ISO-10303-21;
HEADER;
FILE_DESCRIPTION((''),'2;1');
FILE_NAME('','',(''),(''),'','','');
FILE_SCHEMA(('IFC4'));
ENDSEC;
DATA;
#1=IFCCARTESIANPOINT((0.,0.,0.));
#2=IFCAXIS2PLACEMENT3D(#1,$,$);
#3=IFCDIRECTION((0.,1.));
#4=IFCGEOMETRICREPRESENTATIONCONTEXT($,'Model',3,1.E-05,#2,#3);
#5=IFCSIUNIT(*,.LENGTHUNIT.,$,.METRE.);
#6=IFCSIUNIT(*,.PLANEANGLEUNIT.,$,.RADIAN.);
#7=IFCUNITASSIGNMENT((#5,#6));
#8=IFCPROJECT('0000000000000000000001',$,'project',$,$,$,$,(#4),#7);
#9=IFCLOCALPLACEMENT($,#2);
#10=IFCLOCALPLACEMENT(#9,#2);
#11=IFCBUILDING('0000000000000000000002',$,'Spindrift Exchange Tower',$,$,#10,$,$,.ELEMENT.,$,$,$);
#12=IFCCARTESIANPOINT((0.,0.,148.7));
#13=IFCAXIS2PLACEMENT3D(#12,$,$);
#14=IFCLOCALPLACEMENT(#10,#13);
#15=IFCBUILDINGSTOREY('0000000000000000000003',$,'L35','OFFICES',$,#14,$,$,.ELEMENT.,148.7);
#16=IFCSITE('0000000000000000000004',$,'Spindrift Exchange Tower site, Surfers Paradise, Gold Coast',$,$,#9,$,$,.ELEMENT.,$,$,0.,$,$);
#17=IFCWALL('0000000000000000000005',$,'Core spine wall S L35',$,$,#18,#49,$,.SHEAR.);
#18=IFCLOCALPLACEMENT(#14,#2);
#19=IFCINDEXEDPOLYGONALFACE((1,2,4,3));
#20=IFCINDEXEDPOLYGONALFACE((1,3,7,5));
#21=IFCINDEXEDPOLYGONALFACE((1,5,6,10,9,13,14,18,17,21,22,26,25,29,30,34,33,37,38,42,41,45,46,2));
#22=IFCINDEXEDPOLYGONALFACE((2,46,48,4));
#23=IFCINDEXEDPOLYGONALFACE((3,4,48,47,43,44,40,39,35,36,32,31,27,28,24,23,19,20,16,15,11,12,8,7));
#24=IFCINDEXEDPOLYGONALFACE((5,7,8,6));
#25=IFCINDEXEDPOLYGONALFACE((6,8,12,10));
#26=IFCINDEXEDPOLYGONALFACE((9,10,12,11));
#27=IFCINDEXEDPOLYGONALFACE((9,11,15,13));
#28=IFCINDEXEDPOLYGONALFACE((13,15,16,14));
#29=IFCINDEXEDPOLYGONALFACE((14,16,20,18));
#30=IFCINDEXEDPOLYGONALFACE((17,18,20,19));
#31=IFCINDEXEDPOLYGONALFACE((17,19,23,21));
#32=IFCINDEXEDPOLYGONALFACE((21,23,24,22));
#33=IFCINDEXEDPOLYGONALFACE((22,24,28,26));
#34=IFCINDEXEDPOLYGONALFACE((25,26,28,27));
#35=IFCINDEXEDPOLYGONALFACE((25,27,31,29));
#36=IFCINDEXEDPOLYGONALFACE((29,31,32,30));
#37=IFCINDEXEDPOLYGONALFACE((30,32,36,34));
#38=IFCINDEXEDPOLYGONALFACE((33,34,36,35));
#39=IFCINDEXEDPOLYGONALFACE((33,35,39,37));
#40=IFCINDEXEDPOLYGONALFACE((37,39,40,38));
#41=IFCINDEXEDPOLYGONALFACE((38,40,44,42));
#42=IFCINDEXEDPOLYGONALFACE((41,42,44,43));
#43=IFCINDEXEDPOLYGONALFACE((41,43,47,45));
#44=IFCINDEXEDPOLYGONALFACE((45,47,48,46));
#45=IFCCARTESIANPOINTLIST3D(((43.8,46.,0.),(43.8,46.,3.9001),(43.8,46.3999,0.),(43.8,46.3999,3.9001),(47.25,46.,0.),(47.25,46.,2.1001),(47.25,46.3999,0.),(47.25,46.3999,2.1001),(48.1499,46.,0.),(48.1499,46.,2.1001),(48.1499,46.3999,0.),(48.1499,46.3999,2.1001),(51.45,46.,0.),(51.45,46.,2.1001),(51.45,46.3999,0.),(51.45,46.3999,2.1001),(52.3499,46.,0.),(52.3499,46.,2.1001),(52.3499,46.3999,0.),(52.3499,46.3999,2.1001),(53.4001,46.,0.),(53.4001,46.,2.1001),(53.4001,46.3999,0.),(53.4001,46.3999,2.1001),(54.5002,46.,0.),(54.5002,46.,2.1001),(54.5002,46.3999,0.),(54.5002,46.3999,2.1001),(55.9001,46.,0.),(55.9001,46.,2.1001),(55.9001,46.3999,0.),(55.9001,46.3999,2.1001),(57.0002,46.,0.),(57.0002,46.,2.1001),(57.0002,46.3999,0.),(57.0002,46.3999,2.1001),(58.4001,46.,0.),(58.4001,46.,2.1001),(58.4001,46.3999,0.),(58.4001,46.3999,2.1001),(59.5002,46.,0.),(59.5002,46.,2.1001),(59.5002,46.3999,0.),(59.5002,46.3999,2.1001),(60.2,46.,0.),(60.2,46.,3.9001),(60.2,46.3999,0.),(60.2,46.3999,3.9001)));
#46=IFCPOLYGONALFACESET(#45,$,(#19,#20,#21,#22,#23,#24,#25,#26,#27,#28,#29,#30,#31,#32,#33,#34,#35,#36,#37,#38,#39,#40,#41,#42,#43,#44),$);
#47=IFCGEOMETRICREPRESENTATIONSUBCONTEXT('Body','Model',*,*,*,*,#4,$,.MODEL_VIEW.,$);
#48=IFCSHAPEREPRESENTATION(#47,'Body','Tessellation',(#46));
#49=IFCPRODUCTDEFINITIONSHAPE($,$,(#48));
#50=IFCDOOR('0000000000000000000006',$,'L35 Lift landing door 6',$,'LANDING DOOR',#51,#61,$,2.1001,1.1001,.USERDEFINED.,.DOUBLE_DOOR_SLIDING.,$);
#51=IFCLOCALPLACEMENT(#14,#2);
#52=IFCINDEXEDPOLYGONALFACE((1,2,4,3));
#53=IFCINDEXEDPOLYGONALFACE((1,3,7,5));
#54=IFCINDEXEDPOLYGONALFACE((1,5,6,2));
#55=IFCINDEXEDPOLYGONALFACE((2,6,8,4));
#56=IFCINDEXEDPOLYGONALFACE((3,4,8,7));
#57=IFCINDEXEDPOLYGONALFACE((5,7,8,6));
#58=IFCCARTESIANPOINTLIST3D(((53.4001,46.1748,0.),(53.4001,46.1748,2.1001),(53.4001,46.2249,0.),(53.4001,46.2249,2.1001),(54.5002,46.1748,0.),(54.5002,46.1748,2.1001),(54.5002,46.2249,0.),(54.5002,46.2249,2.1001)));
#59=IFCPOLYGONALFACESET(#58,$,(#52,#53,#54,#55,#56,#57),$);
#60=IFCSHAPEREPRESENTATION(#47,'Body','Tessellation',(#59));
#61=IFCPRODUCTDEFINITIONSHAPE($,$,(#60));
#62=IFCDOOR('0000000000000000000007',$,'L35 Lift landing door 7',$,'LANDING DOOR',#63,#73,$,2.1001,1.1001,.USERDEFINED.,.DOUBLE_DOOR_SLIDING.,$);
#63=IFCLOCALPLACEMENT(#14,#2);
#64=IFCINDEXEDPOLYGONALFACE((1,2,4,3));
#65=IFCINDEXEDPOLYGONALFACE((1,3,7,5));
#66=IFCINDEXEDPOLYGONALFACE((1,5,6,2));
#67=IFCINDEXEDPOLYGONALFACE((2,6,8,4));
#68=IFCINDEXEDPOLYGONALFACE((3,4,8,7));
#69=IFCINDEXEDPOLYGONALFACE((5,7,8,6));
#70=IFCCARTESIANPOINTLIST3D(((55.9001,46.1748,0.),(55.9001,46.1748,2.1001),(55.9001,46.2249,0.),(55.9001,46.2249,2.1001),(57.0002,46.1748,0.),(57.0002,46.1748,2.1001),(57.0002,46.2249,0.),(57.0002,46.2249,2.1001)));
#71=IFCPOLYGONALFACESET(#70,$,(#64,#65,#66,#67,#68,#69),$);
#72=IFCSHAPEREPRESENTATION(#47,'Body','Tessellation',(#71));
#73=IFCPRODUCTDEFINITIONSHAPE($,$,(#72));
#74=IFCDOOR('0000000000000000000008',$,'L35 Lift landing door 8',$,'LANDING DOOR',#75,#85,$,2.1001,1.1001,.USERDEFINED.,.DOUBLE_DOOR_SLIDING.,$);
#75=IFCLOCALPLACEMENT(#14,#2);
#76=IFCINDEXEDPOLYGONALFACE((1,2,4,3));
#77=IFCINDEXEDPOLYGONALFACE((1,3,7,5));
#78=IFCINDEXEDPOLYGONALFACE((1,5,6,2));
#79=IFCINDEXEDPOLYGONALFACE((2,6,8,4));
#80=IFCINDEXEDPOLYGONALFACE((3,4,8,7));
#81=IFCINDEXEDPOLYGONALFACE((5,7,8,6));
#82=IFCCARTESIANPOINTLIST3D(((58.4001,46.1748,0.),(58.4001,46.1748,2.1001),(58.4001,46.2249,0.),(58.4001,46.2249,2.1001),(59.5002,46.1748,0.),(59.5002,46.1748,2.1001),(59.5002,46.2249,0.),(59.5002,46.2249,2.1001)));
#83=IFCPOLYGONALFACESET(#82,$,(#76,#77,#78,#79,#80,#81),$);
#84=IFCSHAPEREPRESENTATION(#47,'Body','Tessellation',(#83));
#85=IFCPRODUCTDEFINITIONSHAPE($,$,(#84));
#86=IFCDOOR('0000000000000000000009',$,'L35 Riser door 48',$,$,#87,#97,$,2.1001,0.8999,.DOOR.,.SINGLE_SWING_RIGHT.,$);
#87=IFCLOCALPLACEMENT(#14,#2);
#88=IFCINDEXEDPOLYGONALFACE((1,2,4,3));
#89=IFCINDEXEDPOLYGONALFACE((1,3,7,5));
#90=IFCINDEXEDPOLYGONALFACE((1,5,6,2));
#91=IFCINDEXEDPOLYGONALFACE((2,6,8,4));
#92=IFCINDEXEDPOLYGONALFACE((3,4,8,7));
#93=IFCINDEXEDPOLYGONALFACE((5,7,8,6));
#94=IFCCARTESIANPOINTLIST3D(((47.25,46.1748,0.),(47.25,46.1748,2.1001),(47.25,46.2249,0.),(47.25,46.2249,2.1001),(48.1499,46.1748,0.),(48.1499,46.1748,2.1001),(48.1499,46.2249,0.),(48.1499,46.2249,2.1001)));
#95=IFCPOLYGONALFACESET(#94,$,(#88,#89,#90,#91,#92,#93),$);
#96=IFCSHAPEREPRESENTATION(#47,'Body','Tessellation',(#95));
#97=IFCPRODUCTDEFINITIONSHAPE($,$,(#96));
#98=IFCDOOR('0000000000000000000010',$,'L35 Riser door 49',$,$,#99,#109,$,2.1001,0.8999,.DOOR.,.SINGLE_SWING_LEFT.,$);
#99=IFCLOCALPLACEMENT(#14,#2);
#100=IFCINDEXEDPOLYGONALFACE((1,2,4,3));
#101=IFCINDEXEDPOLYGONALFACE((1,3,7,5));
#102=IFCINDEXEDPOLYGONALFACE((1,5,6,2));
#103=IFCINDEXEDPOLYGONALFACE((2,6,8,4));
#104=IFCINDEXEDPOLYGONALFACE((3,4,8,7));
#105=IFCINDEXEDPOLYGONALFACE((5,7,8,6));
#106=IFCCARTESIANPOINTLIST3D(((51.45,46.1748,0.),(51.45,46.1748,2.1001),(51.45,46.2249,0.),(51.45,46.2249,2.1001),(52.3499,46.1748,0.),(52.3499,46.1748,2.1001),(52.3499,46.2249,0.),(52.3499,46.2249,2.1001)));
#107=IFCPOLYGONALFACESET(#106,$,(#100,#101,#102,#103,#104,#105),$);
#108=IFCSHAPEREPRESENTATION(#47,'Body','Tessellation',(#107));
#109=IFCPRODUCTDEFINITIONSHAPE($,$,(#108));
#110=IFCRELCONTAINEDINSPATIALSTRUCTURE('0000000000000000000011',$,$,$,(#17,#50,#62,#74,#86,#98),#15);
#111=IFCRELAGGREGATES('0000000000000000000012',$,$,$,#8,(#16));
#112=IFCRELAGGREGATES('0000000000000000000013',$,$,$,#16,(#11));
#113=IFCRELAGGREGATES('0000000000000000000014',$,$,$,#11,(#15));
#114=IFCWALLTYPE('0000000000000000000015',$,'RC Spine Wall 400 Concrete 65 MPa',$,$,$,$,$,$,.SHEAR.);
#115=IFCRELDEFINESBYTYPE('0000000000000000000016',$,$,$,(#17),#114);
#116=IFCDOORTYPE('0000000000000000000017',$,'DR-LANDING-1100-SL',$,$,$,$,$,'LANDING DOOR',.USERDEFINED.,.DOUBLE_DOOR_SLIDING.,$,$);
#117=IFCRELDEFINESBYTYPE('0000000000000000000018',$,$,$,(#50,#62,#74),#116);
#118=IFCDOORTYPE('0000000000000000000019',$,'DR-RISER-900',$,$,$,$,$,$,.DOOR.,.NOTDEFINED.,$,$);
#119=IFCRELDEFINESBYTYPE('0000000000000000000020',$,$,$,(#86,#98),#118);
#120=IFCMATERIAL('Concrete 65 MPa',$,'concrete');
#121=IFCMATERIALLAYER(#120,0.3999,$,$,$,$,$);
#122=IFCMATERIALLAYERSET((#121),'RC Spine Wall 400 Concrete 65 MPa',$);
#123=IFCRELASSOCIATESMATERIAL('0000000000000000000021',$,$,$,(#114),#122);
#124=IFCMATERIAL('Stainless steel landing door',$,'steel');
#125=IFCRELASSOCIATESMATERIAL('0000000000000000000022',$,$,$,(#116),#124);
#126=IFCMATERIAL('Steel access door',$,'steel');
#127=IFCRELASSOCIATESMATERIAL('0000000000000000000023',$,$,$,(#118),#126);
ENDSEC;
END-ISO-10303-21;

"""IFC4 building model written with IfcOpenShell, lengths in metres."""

from ifc_helpers import new_model, si_unit, direction, frame, frame_2d, origin, place, context, subcontext, project, spatial, rectangle, extrude, source, transform, mapped, material, layer, layer_set, type_object, element, fill, save


model = new_model("IFC4")

# Units and contexts
model_context = context("Model", 3, precision=1e-05, world=origin(), true_north=direction((0.0, 1.0)))
body_context = subcontext(model_context, "Body", "Model", "MODEL_VIEW")
ifc_project = project(units=[si_unit("LENGTHUNIT", "METRE"), si_unit("PLANEANGLEUNIT", "RADIAN")], contexts=[model_context])

# Site, building, storey
site_placement = place(None, origin())
site = spatial("IfcSite", under=ifc_project, at=site_placement, Name="Spindrift Exchange Tower site, Surfers Paradise, Gold Coast", CompositionType="ELEMENT", RefElevation=0.0)
building_placement = place(site_placement, origin())
building = spatial("IfcBuilding", under=site, at=building_placement, Name="Spindrift Exchange Tower", CompositionType="ELEMENT")
storey_placement = place(building_placement, frame((0.0, 0.0, 148.7)))
storey = spatial("IfcBuildingStorey", under=building, at=storey_placement, Name="L35", Description="OFFICES", CompositionType="ELEMENT", Elevation=148.7)

# Wall, openings, doors
ifc_material_1 = material(Name="Concrete 65 MPa", Category="concrete")
ifc_material_2 = material(Name="Steel access door", Category="steel")
ifc_layer_1 = layer(ifc_material_1, 0.3999)
ifc_layer_set_1 = layer_set([ifc_layer_1], Name="RC Spine Wall 400 Concrete 65 MPa")
wall_type_1 = type_object("IfcWallType", Name="RC Spine Wall 400 Concrete 65 MPa", PredefinedType="SHEAR", material=ifc_layer_set_1)
wall_1_placement = place(storey_placement, frame((43.8, 46.2, 0.0), z_axis=(0.0, 0.0, 1.0), x_axis=(1.0, 0.0, 0.0)))
wall_1 = element("IfcWall", 1, at=wall_1_placement, inside=storey, type_object=wall_type_1, Name="Core spine wall S L35", PredefinedType="SHEAR", context=body_context, shape_type="SweptSolid", body=[
    extrude(rectangle(XDim=16.3999, YDim=0.3999, at=frame_2d((8.2, 0.0))), origin(), (0.0, 0.0, 1.0), 3.9001),
])
opening_1_placement = place(wall_1_placement, frame((9.6001, 0.0, 0.0)))
opening_1 = element("IfcOpeningElement", 2, at=opening_1_placement, cuts=wall_1, PredefinedType="OPENING", context=body_context, shape_type="SweptSolid", body=[
    extrude(rectangle(XDim=1.1001, YDim=2.1001, at=frame_2d((0.55, 1.05))), frame((0.0, 0.21, 0.0), z_axis=(0.0, -1.0, 0.0), x_axis=(1.0, 0.0, 0.0)), (0.0, 0.0, 1.0), 0.4199),
])
opening_2_placement = place(wall_1_placement, frame((12.1001, 0.0, 0.0)))
opening_2 = element("IfcOpeningElement", 3, at=opening_2_placement, cuts=wall_1, PredefinedType="OPENING", context=body_context, shape_type="SweptSolid", body=[
    extrude(rectangle(XDim=1.1001, YDim=2.1001, at=frame_2d((0.55, 1.05))), frame((0.0, 0.21, 0.0), z_axis=(0.0, -1.0, 0.0), x_axis=(1.0, 0.0, 0.0)), (0.0, 0.0, 1.0), 0.4199),
])
opening_3_placement = place(wall_1_placement, frame((14.6001, 0.0, 0.0)))
opening_3 = element("IfcOpeningElement", 4, at=opening_3_placement, cuts=wall_1, PredefinedType="OPENING", context=body_context, shape_type="SweptSolid", body=[
    extrude(rectangle(XDim=1.1001, YDim=2.1001, at=frame_2d((0.55, 1.05))), frame((0.0, 0.21, 0.0), z_axis=(0.0, -1.0, 0.0), x_axis=(1.0, 0.0, 0.0)), (0.0, 0.0, 1.0), 0.4199),
])
opening_4_placement = place(wall_1_placement, frame((3.45, 0.0, 0.0)))
opening_4 = element("IfcOpeningElement", 5, at=opening_4_placement, cuts=wall_1, PredefinedType="OPENING", context=body_context, shape_type="SweptSolid", body=[
    extrude(rectangle(XDim=0.8999, YDim=2.1001, at=frame_2d((0.45, 1.05))), frame((0.0, 0.21, 0.0), z_axis=(0.0, -1.0, 0.0), x_axis=(1.0, 0.0, 0.0)), (0.0, 0.0, 1.0), 0.4199),
])
opening_5_placement = place(wall_1_placement, frame((7.6499, 0.0, 0.0)))
opening_5 = element("IfcOpeningElement", 6, at=opening_5_placement, cuts=wall_1, PredefinedType="OPENING", context=body_context, shape_type="SweptSolid", body=[
    extrude(rectangle(XDim=0.8999, YDim=2.1001, at=frame_2d((0.45, 1.05))), frame((0.0, 0.21, 0.0), z_axis=(0.0, -1.0, 0.0), x_axis=(1.0, 0.0, 0.0)), (0.0, 0.0, 1.0), 0.4199),
])
ifc_material_3 = material(Name="Stainless steel landing door", Category="steel")
door_type_1 = type_object("IfcDoorType", Name="DR-LANDING-1100-SL", ElementType="LANDING DOOR", OperationType="DOUBLE_DOOR_SLIDING", PredefinedType="USERDEFINED", material=ifc_material_3)
shared_shape_1 = source(origin(), body_context, "Body", "SweptSolid", [
    extrude(rectangle(XDim=1.1001, YDim=2.1001, at=frame_2d((0.55, 1.05))), frame((0.0, 0.0249, 0.0), z_axis=(0.0, -1.0, 0.0), x_axis=(1.0, 0.0, 0.0)), (0.0, 0.0, 1.0), 0.05),
])
door_1_placement = place(opening_1_placement, origin())
door_1 = element("IfcDoor", 7, at=door_1_placement, inside=storey, type_object=door_type_1, Name="L35 Lift landing door 6", ObjectType="LANDING DOOR", OperationType="DOUBLE_DOOR_SLIDING", OverallHeight=2.1001, OverallWidth=1.1001, PredefinedType="USERDEFINED", context=body_context, shape_type="MappedRepresentation", body=[
    mapped(shared_shape_1, transform((0.0, 0.0, 0.0), scale=1.0)),
])
fill(opening_1, door_1)
door_2_placement = place(opening_2_placement, origin())
door_2 = element("IfcDoor", 8, at=door_2_placement, inside=storey, type_object=door_type_1, Name="L35 Lift landing door 7", ObjectType="LANDING DOOR", OperationType="DOUBLE_DOOR_SLIDING", OverallHeight=2.1001, OverallWidth=1.1001, PredefinedType="USERDEFINED", context=body_context, shape_type="MappedRepresentation", body=[
    mapped(shared_shape_1, transform((0.0, 0.0, 0.0), scale=1.0)),
])
fill(opening_2, door_2)
door_3_placement = place(opening_3_placement, origin())
door_3 = element("IfcDoor", 9, at=door_3_placement, inside=storey, type_object=door_type_1, Name="L35 Lift landing door 8", ObjectType="LANDING DOOR", OperationType="DOUBLE_DOOR_SLIDING", OverallHeight=2.1001, OverallWidth=1.1001, PredefinedType="USERDEFINED", context=body_context, shape_type="MappedRepresentation", body=[
    mapped(shared_shape_1, transform((0.0, 0.0, 0.0), scale=1.0)),
])
fill(opening_3, door_3)
door_type_2 = type_object("IfcDoorType", Name="DR-RISER-900", OperationType="NOTDEFINED", PredefinedType="DOOR", material=ifc_material_2)
shared_shape_2 = source(origin(), body_context, "Body", "SweptSolid", [
    extrude(rectangle(XDim=0.8999, YDim=2.1001, at=frame_2d((0.45, 1.05))), frame((0.0, 0.0249, 0.0), z_axis=(0.0, -1.0, 0.0), x_axis=(1.0, 0.0, 0.0)), (0.0, 0.0, 1.0), 0.05),
])
door_4_placement = place(opening_4_placement, origin())
door_4 = element("IfcDoor", 10, at=door_4_placement, inside=storey, type_object=door_type_2, Name="L35 Riser door 48", OperationType="SINGLE_SWING_RIGHT", OverallHeight=2.1001, OverallWidth=0.8999, PredefinedType="DOOR", context=body_context, shape_type="MappedRepresentation", body=[
    mapped(shared_shape_2, transform((0.0, 0.0, 0.0), scale=1.0)),
])
fill(opening_4, door_4)
door_5_placement = place(opening_5_placement, origin())
door_5 = element("IfcDoor", 11, at=door_5_placement, inside=storey, type_object=door_type_2, Name="L35 Riser door 49", OperationType="SINGLE_SWING_LEFT", OverallHeight=2.1001, OverallWidth=0.8999, PredefinedType="DOOR", context=body_context, shape_type="MappedRepresentation", body=[
    mapped(shared_shape_2, transform((0.0, 0.0, 0.0), scale=1.0)),
])
fill(opening_5, door_5)

save(model, "model.ifc")
